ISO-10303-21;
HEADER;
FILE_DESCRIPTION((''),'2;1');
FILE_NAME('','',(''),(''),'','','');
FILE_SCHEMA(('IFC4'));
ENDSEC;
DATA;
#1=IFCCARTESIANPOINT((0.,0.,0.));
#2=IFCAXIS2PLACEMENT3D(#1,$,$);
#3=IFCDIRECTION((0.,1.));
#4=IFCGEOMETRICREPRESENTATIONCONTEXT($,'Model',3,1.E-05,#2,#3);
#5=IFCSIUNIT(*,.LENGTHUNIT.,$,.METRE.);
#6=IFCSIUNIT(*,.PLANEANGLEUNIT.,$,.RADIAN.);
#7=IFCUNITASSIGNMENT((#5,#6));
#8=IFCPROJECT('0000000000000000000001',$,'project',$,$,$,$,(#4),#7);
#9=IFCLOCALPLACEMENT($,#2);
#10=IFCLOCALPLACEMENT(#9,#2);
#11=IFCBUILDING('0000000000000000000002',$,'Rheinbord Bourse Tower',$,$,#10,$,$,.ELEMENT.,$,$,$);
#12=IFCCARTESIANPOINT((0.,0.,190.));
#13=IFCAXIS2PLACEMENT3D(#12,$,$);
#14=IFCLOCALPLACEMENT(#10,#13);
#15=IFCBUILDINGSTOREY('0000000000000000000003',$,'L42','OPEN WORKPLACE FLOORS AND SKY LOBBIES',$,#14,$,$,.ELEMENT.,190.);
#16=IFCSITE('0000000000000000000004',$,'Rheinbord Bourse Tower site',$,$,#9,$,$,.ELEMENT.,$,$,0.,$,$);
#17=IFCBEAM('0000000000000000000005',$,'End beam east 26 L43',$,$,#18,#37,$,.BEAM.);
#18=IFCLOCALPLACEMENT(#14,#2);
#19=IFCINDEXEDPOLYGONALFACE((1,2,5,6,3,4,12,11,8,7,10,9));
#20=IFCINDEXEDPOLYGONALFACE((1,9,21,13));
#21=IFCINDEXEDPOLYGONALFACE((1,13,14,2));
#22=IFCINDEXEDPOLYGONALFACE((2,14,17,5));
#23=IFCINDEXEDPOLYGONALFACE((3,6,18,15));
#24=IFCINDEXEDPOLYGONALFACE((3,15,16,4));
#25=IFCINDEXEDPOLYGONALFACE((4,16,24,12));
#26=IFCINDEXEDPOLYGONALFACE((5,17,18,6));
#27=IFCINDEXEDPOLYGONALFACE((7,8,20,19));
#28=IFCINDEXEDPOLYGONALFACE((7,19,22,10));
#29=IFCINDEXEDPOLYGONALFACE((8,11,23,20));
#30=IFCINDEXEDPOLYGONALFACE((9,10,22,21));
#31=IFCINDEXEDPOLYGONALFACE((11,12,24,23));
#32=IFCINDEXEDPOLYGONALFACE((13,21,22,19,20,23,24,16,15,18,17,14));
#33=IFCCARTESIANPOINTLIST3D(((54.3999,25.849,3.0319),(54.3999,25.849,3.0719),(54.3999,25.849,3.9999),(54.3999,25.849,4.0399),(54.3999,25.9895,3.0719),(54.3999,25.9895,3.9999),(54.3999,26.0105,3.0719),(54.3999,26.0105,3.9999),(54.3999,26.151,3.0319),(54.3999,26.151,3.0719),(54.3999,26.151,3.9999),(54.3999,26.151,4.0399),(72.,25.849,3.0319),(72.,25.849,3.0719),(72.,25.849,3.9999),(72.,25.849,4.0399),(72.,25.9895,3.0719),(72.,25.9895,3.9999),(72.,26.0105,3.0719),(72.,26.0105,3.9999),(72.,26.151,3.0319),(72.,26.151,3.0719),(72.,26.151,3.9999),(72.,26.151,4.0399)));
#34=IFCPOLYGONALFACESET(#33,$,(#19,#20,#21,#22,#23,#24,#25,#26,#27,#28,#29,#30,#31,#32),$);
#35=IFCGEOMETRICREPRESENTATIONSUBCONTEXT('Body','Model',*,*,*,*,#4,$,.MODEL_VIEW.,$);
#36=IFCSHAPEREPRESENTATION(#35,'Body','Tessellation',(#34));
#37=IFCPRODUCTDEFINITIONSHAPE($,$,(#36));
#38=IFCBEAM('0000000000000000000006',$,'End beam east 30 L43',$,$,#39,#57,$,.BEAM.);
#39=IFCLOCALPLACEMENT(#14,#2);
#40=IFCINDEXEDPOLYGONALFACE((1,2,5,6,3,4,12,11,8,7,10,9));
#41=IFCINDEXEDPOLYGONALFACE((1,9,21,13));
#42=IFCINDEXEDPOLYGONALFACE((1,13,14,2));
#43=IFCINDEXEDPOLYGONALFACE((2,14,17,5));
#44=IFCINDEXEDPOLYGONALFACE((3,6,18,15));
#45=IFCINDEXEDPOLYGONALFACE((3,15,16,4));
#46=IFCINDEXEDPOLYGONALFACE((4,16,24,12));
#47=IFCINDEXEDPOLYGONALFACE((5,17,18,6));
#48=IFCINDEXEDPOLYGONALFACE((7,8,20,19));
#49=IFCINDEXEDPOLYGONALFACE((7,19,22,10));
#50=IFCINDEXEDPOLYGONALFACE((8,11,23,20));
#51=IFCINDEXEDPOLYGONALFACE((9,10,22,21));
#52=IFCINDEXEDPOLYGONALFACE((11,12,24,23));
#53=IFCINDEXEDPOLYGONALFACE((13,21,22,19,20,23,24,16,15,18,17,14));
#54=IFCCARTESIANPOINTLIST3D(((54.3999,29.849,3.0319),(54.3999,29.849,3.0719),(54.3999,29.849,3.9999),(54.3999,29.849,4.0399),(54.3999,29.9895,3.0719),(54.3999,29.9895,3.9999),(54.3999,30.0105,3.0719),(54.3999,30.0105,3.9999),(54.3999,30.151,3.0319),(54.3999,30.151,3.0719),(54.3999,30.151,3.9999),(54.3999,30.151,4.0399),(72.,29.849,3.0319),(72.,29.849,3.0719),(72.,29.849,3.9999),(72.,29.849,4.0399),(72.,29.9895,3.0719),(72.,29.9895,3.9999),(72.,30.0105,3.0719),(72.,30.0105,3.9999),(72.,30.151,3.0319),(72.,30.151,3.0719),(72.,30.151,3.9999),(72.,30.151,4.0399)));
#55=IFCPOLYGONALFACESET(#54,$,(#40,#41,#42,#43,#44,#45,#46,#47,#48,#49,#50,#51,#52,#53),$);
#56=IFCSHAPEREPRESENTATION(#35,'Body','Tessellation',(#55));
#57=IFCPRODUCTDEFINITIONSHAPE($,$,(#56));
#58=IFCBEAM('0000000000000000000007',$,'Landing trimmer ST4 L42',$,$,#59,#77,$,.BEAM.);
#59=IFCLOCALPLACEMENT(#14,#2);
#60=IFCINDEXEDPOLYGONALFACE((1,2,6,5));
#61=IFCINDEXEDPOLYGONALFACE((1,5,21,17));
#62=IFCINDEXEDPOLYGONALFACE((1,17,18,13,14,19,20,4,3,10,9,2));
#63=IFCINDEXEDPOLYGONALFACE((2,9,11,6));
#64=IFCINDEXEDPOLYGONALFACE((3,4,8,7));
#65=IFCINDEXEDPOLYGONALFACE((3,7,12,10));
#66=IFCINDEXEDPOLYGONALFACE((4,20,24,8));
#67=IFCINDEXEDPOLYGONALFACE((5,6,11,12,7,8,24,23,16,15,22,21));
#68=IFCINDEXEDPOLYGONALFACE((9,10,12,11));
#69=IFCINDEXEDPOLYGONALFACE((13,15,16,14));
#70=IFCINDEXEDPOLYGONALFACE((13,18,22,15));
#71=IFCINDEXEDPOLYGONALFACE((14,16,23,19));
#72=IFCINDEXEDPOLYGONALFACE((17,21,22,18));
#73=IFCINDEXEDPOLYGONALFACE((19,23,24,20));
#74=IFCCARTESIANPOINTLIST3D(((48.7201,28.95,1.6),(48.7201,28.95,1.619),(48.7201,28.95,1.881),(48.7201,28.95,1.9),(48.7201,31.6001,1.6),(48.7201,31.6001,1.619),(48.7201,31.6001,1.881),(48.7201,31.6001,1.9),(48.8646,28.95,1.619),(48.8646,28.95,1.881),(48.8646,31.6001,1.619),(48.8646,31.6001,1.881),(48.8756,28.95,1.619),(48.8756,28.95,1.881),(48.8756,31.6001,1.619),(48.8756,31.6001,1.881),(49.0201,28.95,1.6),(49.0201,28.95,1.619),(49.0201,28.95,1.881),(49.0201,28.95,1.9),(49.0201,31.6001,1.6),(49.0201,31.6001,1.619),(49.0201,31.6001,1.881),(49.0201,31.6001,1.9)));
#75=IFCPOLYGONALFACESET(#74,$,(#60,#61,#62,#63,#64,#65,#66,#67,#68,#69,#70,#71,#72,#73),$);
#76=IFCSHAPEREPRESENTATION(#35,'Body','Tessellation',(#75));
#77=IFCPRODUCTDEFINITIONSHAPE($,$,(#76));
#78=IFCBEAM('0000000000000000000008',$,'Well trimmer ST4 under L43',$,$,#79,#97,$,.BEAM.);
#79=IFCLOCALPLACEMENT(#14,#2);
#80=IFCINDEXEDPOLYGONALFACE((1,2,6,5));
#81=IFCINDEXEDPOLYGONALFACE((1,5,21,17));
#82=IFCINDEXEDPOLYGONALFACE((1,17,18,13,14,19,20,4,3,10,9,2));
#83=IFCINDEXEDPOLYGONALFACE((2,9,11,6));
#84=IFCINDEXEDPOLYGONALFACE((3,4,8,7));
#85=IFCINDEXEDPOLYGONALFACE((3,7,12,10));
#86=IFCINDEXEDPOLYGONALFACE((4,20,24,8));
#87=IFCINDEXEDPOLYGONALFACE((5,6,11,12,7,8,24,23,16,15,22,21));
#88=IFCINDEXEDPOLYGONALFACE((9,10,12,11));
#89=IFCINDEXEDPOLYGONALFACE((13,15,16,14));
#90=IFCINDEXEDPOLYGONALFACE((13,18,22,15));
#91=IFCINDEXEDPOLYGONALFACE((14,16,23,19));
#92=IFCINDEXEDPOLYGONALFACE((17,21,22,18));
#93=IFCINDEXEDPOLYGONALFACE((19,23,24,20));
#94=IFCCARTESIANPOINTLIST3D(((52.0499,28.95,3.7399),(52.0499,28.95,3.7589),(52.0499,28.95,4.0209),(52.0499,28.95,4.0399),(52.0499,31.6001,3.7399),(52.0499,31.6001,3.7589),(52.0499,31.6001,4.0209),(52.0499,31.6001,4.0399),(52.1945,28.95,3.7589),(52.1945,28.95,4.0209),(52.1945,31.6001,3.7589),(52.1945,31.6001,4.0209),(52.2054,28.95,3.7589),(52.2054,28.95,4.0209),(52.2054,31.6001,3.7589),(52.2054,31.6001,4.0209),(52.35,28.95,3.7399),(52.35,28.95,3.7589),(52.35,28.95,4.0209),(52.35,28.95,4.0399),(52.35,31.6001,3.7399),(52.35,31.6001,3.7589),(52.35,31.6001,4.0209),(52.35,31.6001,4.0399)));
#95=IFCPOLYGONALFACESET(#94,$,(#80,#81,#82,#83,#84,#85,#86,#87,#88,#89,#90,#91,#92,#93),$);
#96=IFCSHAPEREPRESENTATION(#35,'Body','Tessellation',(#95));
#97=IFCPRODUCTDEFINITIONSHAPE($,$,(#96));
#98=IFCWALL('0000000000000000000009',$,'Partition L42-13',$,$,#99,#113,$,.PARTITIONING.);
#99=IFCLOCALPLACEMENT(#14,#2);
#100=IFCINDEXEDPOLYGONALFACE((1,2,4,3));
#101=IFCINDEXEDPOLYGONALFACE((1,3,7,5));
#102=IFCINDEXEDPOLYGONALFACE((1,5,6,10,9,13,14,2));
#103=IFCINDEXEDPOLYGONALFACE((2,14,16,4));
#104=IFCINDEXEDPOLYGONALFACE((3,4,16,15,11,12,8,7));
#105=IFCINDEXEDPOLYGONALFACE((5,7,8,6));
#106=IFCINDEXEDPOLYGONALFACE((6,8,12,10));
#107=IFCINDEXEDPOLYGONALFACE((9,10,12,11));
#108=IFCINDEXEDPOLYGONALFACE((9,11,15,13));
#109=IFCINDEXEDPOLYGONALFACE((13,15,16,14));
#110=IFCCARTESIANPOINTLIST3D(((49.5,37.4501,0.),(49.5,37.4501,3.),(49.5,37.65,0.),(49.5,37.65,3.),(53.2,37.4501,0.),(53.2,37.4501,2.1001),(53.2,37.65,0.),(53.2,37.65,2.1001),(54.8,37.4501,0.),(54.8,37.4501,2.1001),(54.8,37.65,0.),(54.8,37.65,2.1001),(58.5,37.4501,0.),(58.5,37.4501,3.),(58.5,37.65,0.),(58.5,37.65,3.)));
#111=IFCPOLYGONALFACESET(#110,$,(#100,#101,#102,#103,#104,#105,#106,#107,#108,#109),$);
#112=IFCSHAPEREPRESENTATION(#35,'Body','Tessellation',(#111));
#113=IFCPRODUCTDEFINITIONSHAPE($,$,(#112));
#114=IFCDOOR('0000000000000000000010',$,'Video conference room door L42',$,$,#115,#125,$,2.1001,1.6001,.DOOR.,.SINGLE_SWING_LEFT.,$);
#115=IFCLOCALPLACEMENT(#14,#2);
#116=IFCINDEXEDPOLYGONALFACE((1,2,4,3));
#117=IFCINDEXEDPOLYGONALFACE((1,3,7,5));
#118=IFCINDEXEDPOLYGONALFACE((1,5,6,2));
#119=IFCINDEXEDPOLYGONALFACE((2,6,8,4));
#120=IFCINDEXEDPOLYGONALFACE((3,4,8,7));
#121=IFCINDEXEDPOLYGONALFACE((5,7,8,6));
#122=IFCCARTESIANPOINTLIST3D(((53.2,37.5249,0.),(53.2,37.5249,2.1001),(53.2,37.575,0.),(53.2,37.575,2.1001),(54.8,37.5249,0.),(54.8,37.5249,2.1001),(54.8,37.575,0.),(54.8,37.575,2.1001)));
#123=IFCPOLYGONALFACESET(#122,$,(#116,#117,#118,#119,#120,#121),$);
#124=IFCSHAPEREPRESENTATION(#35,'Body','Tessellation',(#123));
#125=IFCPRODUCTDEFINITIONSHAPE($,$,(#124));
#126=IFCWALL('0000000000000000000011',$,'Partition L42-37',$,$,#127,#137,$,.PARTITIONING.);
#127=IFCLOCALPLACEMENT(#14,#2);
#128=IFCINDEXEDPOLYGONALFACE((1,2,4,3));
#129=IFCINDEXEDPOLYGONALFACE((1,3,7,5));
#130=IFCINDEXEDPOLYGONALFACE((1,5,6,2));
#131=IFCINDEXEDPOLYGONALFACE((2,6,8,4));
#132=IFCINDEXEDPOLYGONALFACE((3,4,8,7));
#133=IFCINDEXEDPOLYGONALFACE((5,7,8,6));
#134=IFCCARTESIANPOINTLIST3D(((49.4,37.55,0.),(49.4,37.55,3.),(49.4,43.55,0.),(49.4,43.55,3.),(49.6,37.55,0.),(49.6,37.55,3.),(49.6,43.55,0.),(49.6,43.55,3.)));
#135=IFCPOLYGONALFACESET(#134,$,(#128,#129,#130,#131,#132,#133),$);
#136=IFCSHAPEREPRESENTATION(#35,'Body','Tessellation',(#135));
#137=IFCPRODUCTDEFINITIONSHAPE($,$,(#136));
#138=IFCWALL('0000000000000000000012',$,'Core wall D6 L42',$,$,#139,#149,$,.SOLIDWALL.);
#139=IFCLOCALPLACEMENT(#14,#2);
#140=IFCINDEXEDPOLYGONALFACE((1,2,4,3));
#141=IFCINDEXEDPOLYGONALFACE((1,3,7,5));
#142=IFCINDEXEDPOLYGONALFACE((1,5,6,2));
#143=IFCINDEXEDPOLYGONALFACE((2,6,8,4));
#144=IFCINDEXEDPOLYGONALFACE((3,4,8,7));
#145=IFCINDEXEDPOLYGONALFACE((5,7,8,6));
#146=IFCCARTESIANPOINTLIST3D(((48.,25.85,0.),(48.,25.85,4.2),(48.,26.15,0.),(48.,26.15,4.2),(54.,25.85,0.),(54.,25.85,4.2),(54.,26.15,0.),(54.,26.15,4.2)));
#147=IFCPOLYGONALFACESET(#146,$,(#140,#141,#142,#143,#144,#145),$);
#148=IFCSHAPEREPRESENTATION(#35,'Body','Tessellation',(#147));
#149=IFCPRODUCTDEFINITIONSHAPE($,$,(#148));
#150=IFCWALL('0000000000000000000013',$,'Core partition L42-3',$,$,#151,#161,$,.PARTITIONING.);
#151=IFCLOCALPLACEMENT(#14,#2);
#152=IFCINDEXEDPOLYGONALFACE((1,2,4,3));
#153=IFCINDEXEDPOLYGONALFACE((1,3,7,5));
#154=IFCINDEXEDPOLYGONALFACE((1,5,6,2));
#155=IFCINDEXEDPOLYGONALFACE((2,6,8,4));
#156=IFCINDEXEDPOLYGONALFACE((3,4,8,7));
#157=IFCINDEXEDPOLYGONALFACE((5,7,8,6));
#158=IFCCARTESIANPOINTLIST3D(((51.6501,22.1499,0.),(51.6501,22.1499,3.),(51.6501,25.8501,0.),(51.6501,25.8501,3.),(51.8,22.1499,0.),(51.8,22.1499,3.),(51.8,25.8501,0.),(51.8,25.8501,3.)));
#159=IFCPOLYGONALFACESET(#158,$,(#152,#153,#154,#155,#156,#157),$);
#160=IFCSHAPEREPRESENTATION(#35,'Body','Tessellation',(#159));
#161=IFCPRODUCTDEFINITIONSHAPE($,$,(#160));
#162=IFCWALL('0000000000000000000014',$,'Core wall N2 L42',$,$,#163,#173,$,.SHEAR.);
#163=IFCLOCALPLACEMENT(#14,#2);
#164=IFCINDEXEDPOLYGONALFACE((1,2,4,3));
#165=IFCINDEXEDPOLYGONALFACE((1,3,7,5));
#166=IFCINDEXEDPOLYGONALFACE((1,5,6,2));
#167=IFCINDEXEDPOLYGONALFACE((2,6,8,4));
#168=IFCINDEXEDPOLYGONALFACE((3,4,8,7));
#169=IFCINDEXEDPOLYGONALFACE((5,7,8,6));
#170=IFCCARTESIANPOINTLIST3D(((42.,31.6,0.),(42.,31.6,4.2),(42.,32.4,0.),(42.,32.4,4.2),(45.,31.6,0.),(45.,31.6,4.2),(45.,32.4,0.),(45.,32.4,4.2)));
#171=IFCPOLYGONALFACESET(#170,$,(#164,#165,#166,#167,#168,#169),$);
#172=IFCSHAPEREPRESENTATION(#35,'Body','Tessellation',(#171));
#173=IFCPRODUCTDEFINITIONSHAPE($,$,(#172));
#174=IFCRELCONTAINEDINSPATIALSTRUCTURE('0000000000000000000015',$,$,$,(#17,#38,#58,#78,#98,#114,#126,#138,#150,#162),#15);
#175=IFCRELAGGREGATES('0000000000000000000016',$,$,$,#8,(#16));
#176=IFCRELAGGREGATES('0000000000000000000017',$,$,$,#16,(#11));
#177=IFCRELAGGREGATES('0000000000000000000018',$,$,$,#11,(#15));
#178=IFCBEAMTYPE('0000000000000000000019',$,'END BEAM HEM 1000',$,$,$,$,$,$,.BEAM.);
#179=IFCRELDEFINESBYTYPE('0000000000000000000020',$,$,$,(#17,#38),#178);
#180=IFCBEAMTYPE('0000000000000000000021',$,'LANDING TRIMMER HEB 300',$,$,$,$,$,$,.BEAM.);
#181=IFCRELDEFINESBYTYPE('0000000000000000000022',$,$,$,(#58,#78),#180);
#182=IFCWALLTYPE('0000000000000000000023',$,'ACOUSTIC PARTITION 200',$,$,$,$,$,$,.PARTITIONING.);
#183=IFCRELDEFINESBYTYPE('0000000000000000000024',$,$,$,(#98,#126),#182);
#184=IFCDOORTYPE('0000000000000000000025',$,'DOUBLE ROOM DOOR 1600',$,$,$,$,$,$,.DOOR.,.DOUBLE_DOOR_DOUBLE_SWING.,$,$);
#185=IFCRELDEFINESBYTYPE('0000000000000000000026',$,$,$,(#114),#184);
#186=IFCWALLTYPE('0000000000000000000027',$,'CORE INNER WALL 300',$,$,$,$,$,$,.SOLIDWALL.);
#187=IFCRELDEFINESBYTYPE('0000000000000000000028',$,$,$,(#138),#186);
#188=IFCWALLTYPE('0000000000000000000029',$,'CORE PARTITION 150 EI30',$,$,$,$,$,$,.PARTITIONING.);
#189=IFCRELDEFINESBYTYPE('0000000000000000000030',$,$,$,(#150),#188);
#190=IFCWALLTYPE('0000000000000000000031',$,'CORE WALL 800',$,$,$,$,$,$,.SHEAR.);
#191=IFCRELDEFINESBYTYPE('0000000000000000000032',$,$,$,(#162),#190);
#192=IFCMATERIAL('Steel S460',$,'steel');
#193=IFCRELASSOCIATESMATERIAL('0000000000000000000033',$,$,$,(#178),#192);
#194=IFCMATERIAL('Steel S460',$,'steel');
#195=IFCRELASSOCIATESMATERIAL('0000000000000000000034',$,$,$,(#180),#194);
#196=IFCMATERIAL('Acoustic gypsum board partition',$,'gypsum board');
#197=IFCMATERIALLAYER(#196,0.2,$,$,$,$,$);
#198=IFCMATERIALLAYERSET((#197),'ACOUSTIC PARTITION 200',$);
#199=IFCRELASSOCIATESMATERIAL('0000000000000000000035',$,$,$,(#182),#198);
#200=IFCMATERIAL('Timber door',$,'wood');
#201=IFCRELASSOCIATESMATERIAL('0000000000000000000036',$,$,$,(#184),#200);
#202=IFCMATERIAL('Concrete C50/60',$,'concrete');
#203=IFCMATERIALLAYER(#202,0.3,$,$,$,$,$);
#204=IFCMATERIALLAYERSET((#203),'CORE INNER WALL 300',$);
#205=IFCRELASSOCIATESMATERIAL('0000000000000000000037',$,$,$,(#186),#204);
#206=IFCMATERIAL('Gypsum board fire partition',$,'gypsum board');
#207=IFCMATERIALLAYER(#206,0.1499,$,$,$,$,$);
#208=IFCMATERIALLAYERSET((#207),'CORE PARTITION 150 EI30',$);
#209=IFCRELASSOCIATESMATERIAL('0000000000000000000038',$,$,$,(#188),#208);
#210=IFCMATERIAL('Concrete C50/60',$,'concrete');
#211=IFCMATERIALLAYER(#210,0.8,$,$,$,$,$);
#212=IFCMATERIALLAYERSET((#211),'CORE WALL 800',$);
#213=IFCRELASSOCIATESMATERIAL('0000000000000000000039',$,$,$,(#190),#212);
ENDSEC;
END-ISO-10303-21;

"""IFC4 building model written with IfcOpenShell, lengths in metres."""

from ifc_helpers import new_model, si_unit, direction, frame, frame_2d, origin, origin_2d, place, context, subcontext, project, spatial, rectangle, i_section, extrude, material, layer, layer_set, material_profile, profile_set, type_object, element, fill, save


model = new_model("IFC4")

# Units and contexts
model_context = context("Model", 3, precision=1e-05, world=origin(), true_north=direction((0.0, 1.0)))
body_context = subcontext(model_context, "Body", "Model", "MODEL_VIEW")
ifc_project = project(units=[si_unit("LENGTHUNIT", "METRE"), si_unit("PLANEANGLEUNIT", "RADIAN")], contexts=[model_context])

# Site, building, storey
site_placement = place(None, origin())
site = spatial("IfcSite", under=ifc_project, at=site_placement, Name="Rheinbord Bourse Tower site", CompositionType="ELEMENT", RefElevation=0.0)
building_placement = place(site_placement, origin())
building = spatial("IfcBuilding", under=site, at=building_placement, Name="Rheinbord Bourse Tower", CompositionType="ELEMENT")
storey_placement = place(building_placement, frame((0.0, 0.0, 190.0)))
storey = spatial("IfcBuildingStorey", under=building, at=storey_placement, Name="L42", Description="OPEN WORKPLACE FLOORS AND SKY LOBBIES", CompositionType="ELEMENT", Elevation=190.0)

# Beams
ifc_material_1 = material(Name="Steel S460", Category="steel")
ifc_material_profile_1 = material_profile(ifc_material_1, i_section(OverallWidth=0.302, OverallDepth=1.0081, WebThickness=0.021, FlangeThickness=0.04, at=origin_2d()), Name="HEM 1000")
ifc_profile_set_1 = profile_set([ifc_material_profile_1], Name="Steel S460")
beam_type_1 = type_object("IfcBeamType", Name="END BEAM HEM 1000", PredefinedType="BEAM", material=ifc_profile_set_1)
for number, where, z_axis, x_axis, name in (
    (1, (54.3999, 26.0, 3.5359), (1.0, 0.0, 0.0), (0.0, 1.0, 0.0), "End beam east 26 L43"),
    (2, (54.3999, 30.0, 3.5359), (1.0, 0.0, 0.0), (0.0, 1.0, 0.0), "End beam east 30 L43"),
):
    element("IfcBeam", number, at=place(storey_placement, frame(where, z_axis=z_axis, x_axis=x_axis)), inside=storey, type_object=beam_type_1, Name=name, PredefinedType="BEAM", context=body_context, shape_type="SweptSolid", body=[
        extrude(i_section(OverallWidth=0.302, OverallDepth=1.0081, WebThickness=0.021, FlangeThickness=0.04, at=origin_2d()), origin(), (0.0, 0.0, 1.0), 17.6001),
    ])
ifc_material_2 = material(Name="Steel S460", Category="steel")
ifc_material_profile_2 = material_profile(ifc_material_2, i_section(OverallWidth=0.3, OverallDepth=0.3, WebThickness=0.011, FlangeThickness=0.019, at=origin_2d()), Name="HEB 300")
ifc_profile_set_2 = profile_set([ifc_material_profile_2], Name="Steel S460")
beam_type_2 = type_object("IfcBeamType", Name="LANDING TRIMMER HEB 300", PredefinedType="BEAM", material=ifc_profile_set_2)
for number, where, z_axis, x_axis, name in (
    (3, (48.8701, 28.95, 1.75), (0.0, 1.0, 0.0), (-1.0, 0.0, 0.0), "Landing trimmer ST4 L42"),
    (4, (52.2, 28.95, 3.8899), (0.0, 1.0, 0.0), (-1.0, 0.0, 0.0), "Well trimmer ST4 under L43"),
):
    element("IfcBeam", number, at=place(storey_placement, frame(where, z_axis=z_axis, x_axis=x_axis)), inside=storey, type_object=beam_type_2, Name=name, PredefinedType="BEAM", context=body_context, shape_type="SweptSolid", body=[
        extrude(i_section(OverallWidth=0.3, OverallDepth=0.3, WebThickness=0.011, FlangeThickness=0.019, at=origin_2d()), origin(), (0.0, 0.0, 1.0), 2.6501),
    ])

# Wall, opening, door
ifc_material_3 = material(Name="Acoustic gypsum board partition", Category="gypsum board")
ifc_layer_1 = layer(ifc_material_3, 0.2)
ifc_layer_set_1 = layer_set([ifc_layer_1], Name="ACOUSTIC PARTITION 200")
wall_type_1 = type_object("IfcWallType", Name="ACOUSTIC PARTITION 200", PredefinedType="PARTITIONING", material=ifc_layer_set_1)
wall_1_placement = place(storey_placement, frame((49.5, 37.55, 0.0), z_axis=(0.0, 0.0, 1.0), x_axis=(1.0, 0.0, 0.0)))
wall_1 = element("IfcWall", 5, at=wall_1_placement, inside=storey, type_object=wall_type_1, Name="Partition L42-13", PredefinedType="PARTITIONING", context=body_context, shape_type="SweptSolid", body=[
    extrude(rectangle(XDim=9.0, YDim=0.2, at=frame_2d((4.5, 0.0))), origin(), (0.0, 0.0, 1.0), 3.0),
])
opening_1_placement = place(wall_1_placement, frame((3.7, 0.0, 0.0)))
opening_1 = element("IfcOpeningElement", 6, at=opening_1_placement, cuts=wall_1, PredefinedType="OPENING", context=body_context, shape_type="SweptSolid", body=[
    extrude(rectangle(XDim=1.6001, YDim=2.1001, at=frame_2d((0.8, 1.05))), frame((0.0, 0.1099, 0.0), z_axis=(0.0, -1.0, 0.0), x_axis=(1.0, 0.0, 0.0)), (0.0, 0.0, 1.0), 0.22),
])
ifc_material_4 = material(Name="Timber door", Category="wood")
door_type_1 = type_object("IfcDoorType", Name="DOUBLE ROOM DOOR 1600", OperationType="DOUBLE_DOOR_DOUBLE_SWING", PredefinedType="DOOR", material=ifc_material_4)
door_1_placement = place(opening_1_placement, origin())
door_1 = element("IfcDoor", 7, at=door_1_placement, inside=storey, type_object=door_type_1, Name="Video conference room door L42", OperationType="SINGLE_SWING_LEFT", OverallHeight=2.1001, OverallWidth=1.6001, PredefinedType="DOOR", context=body_context, shape_type="SweptSolid", body=[
    extrude(rectangle(XDim=1.6001, YDim=2.1001, at=frame_2d((0.8, 1.05))), frame((0.0, 0.0249, 0.0), z_axis=(0.0, -1.0, 0.0), x_axis=(1.0, 0.0, 0.0)), (0.0, 0.0, 1.0), 0.05),
])
fill(opening_1, door_1)

# Walls
wall_2_placement = place(storey_placement, frame((49.5, 37.55, 0.0), z_axis=(0.0, 0.0, 1.0), x_axis=(0.0, 1.0, 0.0)))
element("IfcWall", 8, at=wall_2_placement, inside=storey, type_object=wall_type_1, Name="Partition L42-37", PredefinedType="PARTITIONING", context=body_context, shape_type="SweptSolid", body=[
    extrude(rectangle(XDim=6.0, YDim=0.2, at=frame_2d((3.0, 0.0))), origin(), (0.0, 0.0, 1.0), 3.0),
])
ifc_material_5 = material(Name="Concrete C50/60", Category="concrete")
ifc_layer_2 = layer(ifc_material_5, 0.3)
ifc_layer_set_2 = layer_set([ifc_layer_2], Name="CORE INNER WALL 300")
wall_type_2 = type_object("IfcWallType", Name="CORE INNER WALL 300", PredefinedType="SOLIDWALL", material=ifc_layer_set_2)
wall_3_placement = place(storey_placement, frame((48.0, 26.0, 0.0), z_axis=(0.0, 0.0, 1.0), x_axis=(1.0, 0.0, 0.0)))
element("IfcWall", 9, at=wall_3_placement, inside=storey, type_object=wall_type_2, Name="Core wall D6 L42", PredefinedType="SOLIDWALL", context=body_context, shape_type="SweptSolid", body=[
    extrude(rectangle(XDim=6.0, YDim=0.3, at=frame_2d((3.0, 0.0))), origin(), (0.0, 0.0, 1.0), 4.2),
])
ifc_material_6 = material(Name="Gypsum board fire partition", Category="gypsum board")
ifc_layer_3 = layer(ifc_material_6, 0.1499)
ifc_layer_set_3 = layer_set([ifc_layer_3], Name="CORE PARTITION 150 EI30")
wall_type_3 = type_object("IfcWallType", Name="CORE PARTITION 150 EI30", PredefinedType="PARTITIONING", material=ifc_layer_set_3)
wall_4_placement = place(storey_placement, frame((51.7251, 22.1499, 0.0), z_axis=(0.0, 0.0, 1.0), x_axis=(0.0, 1.0, 0.0)))
element("IfcWall", 10, at=wall_4_placement, inside=storey, type_object=wall_type_3, Name="Core partition L42-3", PredefinedType="PARTITIONING", context=body_context, shape_type="SweptSolid", body=[
    extrude(rectangle(XDim=3.7002, YDim=0.1499, at=frame_2d((1.8501, 0.0))), origin(), (0.0, 0.0, 1.0), 3.0),
])
ifc_material_7 = material(Name="Concrete C50/60", Category="concrete")
ifc_layer_4 = layer(ifc_material_7, 0.8)
ifc_layer_set_4 = layer_set([ifc_layer_4], Name="CORE WALL 800")
wall_type_4 = type_object("IfcWallType", Name="CORE WALL 800", PredefinedType="SHEAR", material=ifc_layer_set_4)
wall_5_placement = place(storey_placement, frame((45.0, 32.0, 0.0), z_axis=(0.0, 0.0, 1.0), x_axis=(-1.0, 0.0, 0.0)))
element("IfcWall", 11, at=wall_5_placement, inside=storey, type_object=wall_type_4, Name="Core wall N2 L42", PredefinedType="SHEAR", context=body_context, shape_type="SweptSolid", body=[
    extrude(rectangle(XDim=3.0, YDim=0.8, at=frame_2d((1.5, 0.0))), origin(), (0.0, 0.0, 1.0), 4.2),
])

save(model, "model.ifc")
